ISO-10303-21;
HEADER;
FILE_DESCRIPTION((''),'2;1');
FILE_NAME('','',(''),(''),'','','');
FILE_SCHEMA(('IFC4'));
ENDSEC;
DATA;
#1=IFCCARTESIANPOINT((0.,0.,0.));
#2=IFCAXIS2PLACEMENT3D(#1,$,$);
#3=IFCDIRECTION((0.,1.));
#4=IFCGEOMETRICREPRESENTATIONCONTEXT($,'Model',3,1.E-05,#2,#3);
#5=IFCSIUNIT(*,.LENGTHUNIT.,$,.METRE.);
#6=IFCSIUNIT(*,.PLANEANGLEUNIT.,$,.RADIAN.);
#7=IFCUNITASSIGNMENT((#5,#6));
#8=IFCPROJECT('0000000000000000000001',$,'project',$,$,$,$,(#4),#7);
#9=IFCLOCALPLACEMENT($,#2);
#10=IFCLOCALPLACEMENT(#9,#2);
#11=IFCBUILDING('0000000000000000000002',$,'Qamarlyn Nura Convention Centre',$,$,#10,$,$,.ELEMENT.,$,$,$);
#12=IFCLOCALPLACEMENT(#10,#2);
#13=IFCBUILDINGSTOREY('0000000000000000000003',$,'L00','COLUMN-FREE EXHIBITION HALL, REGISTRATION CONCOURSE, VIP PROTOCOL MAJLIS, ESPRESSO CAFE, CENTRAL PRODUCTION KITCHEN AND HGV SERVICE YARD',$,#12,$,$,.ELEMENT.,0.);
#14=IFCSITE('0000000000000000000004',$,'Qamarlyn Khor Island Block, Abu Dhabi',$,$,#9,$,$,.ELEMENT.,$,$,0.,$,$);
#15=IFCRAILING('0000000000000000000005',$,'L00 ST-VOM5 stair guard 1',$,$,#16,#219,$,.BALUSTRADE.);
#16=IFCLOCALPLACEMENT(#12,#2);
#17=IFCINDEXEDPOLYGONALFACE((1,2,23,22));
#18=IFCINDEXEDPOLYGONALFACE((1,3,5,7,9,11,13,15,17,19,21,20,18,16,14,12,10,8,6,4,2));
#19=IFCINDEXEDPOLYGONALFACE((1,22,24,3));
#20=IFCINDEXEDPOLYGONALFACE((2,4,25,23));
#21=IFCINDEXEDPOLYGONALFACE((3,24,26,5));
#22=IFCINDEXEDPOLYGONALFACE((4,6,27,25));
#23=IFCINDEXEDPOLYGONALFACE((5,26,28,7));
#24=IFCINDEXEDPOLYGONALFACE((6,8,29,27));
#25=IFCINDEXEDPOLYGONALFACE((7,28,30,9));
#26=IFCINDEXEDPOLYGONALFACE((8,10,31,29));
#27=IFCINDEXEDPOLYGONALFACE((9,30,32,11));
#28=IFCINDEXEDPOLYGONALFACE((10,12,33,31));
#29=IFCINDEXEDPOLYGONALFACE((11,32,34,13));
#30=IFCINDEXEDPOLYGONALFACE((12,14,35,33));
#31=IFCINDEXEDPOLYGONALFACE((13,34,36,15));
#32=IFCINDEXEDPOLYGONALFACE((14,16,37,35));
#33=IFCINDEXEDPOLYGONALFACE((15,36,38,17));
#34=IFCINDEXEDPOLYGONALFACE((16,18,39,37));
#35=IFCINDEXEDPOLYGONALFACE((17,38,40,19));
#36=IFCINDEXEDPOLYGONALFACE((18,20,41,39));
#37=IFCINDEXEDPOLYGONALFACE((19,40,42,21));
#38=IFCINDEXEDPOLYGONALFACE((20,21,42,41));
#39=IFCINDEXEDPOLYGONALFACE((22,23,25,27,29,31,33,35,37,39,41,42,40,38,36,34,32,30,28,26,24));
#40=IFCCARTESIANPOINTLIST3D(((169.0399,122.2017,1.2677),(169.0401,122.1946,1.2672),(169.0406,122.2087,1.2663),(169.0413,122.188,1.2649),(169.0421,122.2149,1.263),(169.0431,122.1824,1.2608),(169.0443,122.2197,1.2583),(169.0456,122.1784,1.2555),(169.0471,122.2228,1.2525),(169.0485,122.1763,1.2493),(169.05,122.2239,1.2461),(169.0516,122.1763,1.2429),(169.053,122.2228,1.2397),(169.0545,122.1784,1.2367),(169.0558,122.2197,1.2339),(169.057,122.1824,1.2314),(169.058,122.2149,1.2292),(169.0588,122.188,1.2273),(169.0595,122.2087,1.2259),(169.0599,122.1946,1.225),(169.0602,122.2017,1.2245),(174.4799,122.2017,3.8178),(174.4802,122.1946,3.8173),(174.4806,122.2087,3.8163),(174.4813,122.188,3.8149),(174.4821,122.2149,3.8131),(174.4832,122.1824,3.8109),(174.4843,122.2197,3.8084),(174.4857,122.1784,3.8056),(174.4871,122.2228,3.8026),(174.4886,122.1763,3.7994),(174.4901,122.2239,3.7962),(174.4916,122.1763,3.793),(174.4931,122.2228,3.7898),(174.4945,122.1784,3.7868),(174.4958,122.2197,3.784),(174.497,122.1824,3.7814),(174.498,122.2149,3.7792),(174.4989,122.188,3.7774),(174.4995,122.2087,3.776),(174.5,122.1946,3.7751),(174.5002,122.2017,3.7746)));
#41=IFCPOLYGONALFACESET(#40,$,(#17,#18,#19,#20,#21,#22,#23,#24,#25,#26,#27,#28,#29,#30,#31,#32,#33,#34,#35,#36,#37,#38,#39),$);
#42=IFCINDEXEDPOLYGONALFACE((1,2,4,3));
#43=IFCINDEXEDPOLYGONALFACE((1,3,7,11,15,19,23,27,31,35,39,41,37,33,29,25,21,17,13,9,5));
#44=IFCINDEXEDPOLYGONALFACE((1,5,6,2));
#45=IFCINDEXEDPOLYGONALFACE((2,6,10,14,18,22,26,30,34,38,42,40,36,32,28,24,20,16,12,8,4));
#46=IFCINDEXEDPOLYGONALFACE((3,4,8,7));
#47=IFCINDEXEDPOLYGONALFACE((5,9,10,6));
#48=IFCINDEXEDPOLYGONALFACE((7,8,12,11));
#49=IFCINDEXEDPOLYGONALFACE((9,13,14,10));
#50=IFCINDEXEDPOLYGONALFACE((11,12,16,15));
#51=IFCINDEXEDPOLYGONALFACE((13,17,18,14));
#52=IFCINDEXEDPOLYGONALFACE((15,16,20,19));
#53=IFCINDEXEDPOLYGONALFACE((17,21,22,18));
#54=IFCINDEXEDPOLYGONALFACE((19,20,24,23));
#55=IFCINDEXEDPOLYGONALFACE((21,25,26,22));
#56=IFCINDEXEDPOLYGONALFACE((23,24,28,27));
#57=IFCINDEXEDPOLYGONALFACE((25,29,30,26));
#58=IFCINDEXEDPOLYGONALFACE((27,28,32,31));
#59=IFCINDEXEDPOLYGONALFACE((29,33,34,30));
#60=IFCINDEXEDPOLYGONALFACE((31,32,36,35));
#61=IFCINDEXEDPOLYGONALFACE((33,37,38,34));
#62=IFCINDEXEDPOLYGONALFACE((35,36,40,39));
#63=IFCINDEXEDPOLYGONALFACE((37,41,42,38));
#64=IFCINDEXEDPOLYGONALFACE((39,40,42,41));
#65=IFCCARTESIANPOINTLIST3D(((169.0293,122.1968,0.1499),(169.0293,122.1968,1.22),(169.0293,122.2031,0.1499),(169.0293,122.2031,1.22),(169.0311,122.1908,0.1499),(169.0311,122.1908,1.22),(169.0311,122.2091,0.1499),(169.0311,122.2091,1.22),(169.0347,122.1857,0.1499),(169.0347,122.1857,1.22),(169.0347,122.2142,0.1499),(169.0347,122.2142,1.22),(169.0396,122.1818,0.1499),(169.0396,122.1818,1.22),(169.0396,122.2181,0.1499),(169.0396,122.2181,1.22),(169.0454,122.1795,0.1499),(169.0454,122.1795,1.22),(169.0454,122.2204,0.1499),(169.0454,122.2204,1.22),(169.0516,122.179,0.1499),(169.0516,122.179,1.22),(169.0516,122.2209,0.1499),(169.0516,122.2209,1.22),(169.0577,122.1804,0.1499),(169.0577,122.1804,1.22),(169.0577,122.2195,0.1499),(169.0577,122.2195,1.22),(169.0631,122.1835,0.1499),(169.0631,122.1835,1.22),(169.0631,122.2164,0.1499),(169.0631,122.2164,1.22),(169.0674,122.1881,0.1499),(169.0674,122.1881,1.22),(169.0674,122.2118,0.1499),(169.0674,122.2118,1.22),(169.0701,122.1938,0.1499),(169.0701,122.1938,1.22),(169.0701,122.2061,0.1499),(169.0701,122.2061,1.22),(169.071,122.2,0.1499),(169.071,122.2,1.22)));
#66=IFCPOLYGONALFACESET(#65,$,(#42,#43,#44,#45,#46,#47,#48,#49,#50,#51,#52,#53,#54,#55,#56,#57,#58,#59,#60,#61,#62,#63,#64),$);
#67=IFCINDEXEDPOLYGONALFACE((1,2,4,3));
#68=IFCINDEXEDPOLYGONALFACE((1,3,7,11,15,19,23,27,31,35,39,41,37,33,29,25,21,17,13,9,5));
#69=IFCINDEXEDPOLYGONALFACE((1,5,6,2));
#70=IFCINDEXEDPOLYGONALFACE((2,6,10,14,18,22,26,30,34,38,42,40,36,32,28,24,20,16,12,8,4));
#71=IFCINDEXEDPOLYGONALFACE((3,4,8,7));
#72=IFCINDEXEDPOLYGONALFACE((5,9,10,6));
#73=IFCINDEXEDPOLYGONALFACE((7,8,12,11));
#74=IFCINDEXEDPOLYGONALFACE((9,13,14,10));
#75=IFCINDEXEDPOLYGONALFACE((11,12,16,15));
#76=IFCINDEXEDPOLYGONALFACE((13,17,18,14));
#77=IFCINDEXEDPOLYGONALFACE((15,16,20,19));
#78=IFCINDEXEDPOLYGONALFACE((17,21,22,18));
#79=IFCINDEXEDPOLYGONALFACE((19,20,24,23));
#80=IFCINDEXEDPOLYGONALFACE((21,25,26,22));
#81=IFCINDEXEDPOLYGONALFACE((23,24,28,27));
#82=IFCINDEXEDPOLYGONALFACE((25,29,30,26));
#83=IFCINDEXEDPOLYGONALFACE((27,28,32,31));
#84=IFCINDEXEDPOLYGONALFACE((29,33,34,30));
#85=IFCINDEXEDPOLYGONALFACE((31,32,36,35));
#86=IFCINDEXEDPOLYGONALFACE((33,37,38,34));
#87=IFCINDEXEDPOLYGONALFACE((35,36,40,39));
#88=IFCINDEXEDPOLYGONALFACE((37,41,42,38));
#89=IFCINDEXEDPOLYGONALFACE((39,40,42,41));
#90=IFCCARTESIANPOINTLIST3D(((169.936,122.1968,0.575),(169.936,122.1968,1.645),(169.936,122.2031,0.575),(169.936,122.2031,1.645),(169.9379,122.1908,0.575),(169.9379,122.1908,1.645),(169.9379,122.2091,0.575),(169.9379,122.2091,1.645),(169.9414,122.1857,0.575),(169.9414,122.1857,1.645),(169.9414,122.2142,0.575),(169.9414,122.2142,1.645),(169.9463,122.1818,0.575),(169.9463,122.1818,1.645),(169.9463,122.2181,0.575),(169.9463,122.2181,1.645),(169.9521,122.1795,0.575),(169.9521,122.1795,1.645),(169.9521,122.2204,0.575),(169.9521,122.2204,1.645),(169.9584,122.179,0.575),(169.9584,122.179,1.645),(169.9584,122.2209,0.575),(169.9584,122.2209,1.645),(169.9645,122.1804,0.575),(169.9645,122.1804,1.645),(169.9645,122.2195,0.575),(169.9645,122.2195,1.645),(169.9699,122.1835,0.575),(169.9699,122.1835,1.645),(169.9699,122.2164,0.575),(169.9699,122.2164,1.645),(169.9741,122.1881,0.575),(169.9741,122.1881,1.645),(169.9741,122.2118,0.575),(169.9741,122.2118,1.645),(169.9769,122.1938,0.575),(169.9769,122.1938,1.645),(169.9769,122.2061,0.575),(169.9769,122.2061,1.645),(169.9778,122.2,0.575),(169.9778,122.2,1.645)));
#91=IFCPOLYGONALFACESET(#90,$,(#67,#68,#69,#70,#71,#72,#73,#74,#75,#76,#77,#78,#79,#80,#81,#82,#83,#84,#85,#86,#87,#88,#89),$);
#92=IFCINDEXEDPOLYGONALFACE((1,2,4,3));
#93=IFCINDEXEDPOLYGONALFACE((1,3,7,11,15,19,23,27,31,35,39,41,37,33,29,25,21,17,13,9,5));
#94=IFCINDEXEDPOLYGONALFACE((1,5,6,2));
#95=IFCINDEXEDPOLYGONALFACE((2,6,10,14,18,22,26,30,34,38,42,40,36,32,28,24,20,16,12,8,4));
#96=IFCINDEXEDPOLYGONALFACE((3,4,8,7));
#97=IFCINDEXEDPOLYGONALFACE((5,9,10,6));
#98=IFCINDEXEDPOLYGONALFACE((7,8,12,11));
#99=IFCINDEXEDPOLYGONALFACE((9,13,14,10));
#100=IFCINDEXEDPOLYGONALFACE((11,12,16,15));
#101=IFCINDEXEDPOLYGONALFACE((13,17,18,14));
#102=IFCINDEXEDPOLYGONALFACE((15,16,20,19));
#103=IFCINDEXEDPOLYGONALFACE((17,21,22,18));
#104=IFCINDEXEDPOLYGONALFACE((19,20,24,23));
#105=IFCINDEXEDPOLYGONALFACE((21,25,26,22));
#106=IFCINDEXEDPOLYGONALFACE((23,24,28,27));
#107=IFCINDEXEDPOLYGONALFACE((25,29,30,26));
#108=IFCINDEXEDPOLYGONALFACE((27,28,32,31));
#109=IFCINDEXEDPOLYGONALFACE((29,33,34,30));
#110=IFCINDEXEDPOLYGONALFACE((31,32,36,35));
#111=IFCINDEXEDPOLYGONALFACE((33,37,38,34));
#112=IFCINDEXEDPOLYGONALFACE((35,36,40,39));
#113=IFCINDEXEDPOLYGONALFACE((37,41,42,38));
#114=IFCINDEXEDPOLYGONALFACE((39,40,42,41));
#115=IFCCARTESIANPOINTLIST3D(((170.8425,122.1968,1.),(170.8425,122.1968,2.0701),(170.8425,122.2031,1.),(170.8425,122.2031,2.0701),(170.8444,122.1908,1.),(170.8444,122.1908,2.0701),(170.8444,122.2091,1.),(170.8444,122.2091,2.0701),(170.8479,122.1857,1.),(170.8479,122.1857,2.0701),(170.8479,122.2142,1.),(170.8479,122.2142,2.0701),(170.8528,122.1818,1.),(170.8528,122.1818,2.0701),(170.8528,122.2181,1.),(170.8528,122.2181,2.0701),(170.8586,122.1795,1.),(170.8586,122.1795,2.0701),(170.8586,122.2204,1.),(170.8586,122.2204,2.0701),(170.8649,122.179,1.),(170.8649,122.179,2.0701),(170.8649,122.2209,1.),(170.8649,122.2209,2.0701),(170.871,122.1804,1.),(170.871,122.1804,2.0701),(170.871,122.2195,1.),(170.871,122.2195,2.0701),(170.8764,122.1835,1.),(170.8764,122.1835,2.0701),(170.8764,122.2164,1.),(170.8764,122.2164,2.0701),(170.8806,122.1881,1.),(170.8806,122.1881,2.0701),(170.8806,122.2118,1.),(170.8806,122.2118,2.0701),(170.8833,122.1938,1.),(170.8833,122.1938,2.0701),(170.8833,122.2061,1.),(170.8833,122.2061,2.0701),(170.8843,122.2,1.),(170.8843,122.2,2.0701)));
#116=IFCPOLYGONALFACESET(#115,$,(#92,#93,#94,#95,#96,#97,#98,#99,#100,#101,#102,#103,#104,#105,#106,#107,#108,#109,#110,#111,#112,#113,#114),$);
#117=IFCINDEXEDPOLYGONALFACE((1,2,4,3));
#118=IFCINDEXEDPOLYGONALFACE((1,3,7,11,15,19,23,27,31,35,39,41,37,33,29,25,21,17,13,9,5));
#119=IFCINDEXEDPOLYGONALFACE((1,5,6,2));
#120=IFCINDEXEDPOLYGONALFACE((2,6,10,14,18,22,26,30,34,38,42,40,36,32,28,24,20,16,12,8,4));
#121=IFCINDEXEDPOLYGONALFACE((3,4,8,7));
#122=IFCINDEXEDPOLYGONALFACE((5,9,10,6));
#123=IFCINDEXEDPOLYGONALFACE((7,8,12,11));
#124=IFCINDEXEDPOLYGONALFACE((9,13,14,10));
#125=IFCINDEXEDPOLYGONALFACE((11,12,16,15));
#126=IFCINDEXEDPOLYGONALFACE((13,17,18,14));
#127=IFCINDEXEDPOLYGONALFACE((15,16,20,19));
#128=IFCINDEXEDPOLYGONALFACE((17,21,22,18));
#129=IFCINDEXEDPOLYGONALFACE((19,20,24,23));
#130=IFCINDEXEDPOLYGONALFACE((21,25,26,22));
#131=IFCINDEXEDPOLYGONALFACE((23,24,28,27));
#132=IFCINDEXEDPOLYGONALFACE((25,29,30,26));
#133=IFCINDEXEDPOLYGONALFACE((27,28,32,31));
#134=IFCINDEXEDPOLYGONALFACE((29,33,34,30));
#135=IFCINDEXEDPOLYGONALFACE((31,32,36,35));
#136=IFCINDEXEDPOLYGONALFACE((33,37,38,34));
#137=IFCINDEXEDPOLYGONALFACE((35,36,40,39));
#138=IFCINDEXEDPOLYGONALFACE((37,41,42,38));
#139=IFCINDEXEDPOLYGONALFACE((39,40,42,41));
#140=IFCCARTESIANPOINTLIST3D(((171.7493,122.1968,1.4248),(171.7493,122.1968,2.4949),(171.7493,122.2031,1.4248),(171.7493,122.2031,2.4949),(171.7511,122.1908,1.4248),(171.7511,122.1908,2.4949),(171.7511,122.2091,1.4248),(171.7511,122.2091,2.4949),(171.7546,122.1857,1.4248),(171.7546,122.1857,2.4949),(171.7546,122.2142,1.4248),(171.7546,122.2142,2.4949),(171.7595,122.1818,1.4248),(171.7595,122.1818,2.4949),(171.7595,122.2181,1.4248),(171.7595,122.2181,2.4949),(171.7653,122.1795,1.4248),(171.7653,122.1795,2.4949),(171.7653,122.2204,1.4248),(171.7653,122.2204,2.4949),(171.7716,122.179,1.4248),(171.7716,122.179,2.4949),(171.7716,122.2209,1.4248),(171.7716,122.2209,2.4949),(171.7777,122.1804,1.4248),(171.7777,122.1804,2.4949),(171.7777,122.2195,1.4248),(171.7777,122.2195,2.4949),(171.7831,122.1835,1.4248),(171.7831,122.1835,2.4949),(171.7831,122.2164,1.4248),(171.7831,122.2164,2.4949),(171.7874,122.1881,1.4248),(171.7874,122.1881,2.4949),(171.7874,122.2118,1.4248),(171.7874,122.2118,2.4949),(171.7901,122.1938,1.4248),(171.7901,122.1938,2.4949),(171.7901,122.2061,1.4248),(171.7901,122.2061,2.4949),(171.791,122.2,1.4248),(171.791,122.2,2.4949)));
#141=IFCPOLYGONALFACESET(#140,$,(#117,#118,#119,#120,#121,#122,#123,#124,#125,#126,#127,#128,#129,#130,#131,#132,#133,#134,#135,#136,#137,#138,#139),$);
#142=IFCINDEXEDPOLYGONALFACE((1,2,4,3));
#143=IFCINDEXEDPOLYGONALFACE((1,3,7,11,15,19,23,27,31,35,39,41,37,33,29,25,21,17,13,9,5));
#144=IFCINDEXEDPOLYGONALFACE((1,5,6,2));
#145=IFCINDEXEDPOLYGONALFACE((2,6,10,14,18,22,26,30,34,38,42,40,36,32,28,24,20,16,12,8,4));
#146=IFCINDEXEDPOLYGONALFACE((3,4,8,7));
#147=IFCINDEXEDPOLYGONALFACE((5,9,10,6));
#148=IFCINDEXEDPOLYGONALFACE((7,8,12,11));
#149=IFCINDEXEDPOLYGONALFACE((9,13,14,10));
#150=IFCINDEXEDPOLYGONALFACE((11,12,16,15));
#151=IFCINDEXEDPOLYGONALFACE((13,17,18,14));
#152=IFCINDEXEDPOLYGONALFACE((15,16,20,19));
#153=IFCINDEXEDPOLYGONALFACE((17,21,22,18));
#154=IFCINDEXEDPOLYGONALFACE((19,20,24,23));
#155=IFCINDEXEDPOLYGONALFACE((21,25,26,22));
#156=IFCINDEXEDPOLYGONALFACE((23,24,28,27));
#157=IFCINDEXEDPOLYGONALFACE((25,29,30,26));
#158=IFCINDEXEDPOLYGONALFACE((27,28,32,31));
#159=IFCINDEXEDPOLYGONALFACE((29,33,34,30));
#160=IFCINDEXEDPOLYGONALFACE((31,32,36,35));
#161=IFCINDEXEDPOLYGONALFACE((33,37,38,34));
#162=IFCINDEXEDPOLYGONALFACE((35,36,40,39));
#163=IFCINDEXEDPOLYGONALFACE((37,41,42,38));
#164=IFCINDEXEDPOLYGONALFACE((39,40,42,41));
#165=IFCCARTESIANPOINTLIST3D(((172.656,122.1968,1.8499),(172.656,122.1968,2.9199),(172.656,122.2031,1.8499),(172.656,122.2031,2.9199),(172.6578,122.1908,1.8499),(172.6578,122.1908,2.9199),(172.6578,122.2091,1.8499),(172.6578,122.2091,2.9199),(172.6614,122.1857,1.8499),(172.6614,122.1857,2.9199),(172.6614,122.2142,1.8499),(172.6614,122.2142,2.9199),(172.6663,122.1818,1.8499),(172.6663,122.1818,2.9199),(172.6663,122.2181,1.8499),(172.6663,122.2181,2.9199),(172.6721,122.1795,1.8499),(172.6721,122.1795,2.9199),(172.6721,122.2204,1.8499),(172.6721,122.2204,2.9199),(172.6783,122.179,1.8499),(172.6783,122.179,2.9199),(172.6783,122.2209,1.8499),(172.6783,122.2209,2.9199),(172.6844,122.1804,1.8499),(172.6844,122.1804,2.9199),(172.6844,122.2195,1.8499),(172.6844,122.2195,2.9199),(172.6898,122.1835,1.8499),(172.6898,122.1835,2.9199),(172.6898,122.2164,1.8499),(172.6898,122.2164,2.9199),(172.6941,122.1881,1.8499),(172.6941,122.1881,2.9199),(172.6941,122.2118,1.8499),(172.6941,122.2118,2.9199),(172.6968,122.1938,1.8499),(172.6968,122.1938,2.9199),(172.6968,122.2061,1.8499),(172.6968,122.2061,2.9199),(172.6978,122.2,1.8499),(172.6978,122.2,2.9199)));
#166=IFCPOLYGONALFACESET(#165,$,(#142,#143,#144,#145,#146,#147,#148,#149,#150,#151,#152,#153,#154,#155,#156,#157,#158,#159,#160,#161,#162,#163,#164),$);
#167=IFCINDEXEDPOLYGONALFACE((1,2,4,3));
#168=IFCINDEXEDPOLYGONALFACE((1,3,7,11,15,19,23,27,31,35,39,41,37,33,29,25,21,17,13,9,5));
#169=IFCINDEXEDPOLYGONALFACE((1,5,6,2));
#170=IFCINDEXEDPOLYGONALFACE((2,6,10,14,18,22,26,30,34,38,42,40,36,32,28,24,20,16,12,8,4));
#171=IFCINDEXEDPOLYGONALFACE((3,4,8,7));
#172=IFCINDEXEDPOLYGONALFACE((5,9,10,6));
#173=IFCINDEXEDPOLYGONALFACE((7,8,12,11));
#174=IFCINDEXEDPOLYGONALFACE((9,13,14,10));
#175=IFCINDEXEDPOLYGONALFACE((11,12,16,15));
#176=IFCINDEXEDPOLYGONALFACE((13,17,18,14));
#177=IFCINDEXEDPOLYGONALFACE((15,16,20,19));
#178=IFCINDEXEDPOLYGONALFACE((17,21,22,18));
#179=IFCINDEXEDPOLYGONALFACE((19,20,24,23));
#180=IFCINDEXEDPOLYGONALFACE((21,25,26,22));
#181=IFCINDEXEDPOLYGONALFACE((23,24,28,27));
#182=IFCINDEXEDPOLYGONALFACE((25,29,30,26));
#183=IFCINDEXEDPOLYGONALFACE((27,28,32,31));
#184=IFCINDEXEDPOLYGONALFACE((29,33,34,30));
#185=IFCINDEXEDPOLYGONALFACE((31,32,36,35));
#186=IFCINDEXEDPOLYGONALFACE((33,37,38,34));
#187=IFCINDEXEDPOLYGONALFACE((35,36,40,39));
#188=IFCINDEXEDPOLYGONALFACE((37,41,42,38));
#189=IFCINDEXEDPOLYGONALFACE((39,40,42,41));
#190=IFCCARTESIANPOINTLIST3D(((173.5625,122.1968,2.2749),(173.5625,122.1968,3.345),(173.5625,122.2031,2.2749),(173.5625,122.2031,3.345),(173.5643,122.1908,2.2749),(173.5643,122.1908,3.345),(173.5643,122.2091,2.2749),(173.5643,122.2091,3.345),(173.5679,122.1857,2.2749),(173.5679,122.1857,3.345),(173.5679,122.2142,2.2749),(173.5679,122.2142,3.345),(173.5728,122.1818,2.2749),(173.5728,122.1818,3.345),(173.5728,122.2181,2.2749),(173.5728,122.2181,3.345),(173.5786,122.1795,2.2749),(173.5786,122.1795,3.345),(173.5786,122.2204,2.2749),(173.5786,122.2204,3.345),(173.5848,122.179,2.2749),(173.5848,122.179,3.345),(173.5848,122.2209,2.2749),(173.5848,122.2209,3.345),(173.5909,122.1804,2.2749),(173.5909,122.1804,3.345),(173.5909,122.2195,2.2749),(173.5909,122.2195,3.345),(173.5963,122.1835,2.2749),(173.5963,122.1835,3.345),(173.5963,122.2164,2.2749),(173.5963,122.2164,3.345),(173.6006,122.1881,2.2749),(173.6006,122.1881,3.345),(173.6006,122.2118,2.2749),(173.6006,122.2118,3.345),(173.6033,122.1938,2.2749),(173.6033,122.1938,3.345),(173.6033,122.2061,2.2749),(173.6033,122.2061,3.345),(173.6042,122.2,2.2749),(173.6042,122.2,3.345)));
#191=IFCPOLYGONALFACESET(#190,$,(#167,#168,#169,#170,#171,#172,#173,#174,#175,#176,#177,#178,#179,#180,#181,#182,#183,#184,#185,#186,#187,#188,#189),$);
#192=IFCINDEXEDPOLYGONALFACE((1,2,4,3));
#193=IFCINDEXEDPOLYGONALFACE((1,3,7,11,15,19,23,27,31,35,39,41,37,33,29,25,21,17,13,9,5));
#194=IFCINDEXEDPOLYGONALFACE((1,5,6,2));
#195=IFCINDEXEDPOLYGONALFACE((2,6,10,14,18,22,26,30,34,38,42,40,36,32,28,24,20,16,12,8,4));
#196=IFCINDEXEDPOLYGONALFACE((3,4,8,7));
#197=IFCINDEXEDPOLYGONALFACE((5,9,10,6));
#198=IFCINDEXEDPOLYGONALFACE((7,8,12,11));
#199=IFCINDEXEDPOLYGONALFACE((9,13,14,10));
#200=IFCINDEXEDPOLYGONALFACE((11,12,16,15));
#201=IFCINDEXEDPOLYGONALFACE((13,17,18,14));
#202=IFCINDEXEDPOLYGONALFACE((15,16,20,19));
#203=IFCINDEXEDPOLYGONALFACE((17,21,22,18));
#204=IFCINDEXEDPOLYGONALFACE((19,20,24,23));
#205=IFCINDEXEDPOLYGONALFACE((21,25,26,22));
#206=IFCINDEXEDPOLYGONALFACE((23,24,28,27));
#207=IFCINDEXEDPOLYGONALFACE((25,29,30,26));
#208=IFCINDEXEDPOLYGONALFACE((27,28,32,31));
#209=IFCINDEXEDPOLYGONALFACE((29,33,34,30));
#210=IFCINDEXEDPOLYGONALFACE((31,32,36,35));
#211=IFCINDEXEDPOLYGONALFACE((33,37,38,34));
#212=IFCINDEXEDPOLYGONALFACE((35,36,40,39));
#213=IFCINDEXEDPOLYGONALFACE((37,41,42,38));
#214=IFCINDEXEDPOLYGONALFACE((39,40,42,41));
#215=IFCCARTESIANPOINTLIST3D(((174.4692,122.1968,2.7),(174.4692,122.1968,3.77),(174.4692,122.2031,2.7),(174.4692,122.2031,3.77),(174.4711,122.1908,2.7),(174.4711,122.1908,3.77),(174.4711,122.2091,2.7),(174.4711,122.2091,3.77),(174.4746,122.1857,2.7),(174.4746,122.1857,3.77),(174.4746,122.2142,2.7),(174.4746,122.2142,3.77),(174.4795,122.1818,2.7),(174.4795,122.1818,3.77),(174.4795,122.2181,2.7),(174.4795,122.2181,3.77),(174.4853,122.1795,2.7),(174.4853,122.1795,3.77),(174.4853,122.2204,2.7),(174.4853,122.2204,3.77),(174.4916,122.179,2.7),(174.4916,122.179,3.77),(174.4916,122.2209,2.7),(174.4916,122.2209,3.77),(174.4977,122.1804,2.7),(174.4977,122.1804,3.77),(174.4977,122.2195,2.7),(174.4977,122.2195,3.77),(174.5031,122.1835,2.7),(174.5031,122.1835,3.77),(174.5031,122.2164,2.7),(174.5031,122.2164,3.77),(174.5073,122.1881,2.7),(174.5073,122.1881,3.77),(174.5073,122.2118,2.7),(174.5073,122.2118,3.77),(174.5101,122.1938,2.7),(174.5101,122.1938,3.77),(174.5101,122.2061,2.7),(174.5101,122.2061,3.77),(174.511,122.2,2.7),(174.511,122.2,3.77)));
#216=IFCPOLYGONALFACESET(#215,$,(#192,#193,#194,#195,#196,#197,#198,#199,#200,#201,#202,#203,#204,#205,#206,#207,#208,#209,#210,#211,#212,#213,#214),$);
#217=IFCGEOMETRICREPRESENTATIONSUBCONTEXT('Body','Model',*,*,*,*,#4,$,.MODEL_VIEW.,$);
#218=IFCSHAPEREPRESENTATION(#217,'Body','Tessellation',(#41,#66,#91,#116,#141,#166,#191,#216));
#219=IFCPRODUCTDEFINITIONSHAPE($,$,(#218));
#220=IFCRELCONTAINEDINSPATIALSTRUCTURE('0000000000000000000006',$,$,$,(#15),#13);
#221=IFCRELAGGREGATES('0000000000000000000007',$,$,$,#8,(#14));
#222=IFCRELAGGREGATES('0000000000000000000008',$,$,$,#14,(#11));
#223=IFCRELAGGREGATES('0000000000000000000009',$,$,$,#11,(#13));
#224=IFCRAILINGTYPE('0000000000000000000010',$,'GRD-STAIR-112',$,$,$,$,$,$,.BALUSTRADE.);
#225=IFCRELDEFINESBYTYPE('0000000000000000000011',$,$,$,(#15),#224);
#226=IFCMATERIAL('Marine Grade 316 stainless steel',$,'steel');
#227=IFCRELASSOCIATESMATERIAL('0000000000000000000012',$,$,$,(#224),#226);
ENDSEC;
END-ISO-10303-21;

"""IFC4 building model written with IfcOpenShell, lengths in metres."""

from ifc_helpers import new_model, si_unit, direction, frame, origin, origin_2d, place, context, subcontext, project, spatial, circle, extrude, material, type_object, element, save


model = new_model("IFC4")

# Units and contexts
model_context = context("Model", 3, precision=1e-05, world=origin(), true_north=direction((0.0, 1.0)))
body_context = subcontext(model_context, "Body", "Model", "MODEL_VIEW")
ifc_project = project(units=[si_unit("LENGTHUNIT", "METRE"), si_unit("PLANEANGLEUNIT", "RADIAN")], contexts=[model_context])

# Site, building, storey
site_placement = place(None, origin())
site = spatial("IfcSite", under=ifc_project, at=site_placement, Name="Qamarlyn Khor Island Block, Abu Dhabi", CompositionType="ELEMENT", RefElevation=0.0)
building_placement = place(site_placement, origin())
building = spatial("IfcBuilding", under=site, at=building_placement, Name="Qamarlyn Nura Convention Centre", CompositionType="ELEMENT")
storey_placement = place(building_placement, origin())
storey = spatial("IfcBuildingStorey", under=building, at=storey_placement, Name="L00", Description="COLUMN-FREE EXHIBITION HALL, REGISTRATION CONCOURSE, VIP PROTOCOL MAJLIS, ESPRESSO CAFE, CENTRAL PRODUCTION KITCHEN AND HGV SERVICE YARD", CompositionType="ELEMENT", Elevation=0.0)

# Railing
ifc_material_1 = material(Name="Marine Grade 316 stainless steel", Category="steel")
railing_type_1 = type_object("IfcRailingType", Name="GRD-STAIR-112", PredefinedType="BALUSTRADE", material=ifc_material_1)
railing_1_placement = place(storey_placement, frame((169.05, 122.2, 0.1499)))
element("IfcRailing", 1, at=railing_1_placement, inside=storey, type_object=railing_type_1, Name="L00 ST-VOM5 stair guard 1", PredefinedType="BALUSTRADE", context=body_context, shape_type="SweptSolid", body=[
    extrude(circle(Radius=0.0239, at=origin_2d()), frame((0.0, 0.0, 1.0962), z_axis=(0.905454, 0.0, 0.424444), x_axis=(0.0, 1.0, 0.0)), (0.0, 0.0, 1.0), 6.0081),
    extrude(circle(Radius=0.021, at=origin_2d()), origin(), (0.0, 0.0, 1.0), 1.0701),
    extrude(circle(Radius=0.021, at=origin_2d()), frame((0.9067, 0.0, 0.425)), (0.0, 0.0, 1.0), 1.0701),
    extrude(circle(Radius=0.021, at=origin_2d()), frame((1.8132, 0.0, 0.8501)), (0.0, 0.0, 1.0), 1.0701),
    extrude(circle(Radius=0.021, at=origin_2d()), frame((2.72, 0.0, 1.2749)), (0.0, 0.0, 1.0), 1.0701),
    extrude(circle(Radius=0.021, at=origin_2d()), frame((3.6267, 0.0, 1.7)), (0.0, 0.0, 1.0), 1.0701),
    extrude(circle(Radius=0.021, at=origin_2d()), frame((4.5332, 0.0, 2.125)), (0.0, 0.0, 1.0), 1.0701),
    extrude(circle(Radius=0.021, at=origin_2d()), frame((5.4399, 0.0, 2.55)), (0.0, 0.0, 1.0), 1.0701),
])

save(model, "model.ifc")
